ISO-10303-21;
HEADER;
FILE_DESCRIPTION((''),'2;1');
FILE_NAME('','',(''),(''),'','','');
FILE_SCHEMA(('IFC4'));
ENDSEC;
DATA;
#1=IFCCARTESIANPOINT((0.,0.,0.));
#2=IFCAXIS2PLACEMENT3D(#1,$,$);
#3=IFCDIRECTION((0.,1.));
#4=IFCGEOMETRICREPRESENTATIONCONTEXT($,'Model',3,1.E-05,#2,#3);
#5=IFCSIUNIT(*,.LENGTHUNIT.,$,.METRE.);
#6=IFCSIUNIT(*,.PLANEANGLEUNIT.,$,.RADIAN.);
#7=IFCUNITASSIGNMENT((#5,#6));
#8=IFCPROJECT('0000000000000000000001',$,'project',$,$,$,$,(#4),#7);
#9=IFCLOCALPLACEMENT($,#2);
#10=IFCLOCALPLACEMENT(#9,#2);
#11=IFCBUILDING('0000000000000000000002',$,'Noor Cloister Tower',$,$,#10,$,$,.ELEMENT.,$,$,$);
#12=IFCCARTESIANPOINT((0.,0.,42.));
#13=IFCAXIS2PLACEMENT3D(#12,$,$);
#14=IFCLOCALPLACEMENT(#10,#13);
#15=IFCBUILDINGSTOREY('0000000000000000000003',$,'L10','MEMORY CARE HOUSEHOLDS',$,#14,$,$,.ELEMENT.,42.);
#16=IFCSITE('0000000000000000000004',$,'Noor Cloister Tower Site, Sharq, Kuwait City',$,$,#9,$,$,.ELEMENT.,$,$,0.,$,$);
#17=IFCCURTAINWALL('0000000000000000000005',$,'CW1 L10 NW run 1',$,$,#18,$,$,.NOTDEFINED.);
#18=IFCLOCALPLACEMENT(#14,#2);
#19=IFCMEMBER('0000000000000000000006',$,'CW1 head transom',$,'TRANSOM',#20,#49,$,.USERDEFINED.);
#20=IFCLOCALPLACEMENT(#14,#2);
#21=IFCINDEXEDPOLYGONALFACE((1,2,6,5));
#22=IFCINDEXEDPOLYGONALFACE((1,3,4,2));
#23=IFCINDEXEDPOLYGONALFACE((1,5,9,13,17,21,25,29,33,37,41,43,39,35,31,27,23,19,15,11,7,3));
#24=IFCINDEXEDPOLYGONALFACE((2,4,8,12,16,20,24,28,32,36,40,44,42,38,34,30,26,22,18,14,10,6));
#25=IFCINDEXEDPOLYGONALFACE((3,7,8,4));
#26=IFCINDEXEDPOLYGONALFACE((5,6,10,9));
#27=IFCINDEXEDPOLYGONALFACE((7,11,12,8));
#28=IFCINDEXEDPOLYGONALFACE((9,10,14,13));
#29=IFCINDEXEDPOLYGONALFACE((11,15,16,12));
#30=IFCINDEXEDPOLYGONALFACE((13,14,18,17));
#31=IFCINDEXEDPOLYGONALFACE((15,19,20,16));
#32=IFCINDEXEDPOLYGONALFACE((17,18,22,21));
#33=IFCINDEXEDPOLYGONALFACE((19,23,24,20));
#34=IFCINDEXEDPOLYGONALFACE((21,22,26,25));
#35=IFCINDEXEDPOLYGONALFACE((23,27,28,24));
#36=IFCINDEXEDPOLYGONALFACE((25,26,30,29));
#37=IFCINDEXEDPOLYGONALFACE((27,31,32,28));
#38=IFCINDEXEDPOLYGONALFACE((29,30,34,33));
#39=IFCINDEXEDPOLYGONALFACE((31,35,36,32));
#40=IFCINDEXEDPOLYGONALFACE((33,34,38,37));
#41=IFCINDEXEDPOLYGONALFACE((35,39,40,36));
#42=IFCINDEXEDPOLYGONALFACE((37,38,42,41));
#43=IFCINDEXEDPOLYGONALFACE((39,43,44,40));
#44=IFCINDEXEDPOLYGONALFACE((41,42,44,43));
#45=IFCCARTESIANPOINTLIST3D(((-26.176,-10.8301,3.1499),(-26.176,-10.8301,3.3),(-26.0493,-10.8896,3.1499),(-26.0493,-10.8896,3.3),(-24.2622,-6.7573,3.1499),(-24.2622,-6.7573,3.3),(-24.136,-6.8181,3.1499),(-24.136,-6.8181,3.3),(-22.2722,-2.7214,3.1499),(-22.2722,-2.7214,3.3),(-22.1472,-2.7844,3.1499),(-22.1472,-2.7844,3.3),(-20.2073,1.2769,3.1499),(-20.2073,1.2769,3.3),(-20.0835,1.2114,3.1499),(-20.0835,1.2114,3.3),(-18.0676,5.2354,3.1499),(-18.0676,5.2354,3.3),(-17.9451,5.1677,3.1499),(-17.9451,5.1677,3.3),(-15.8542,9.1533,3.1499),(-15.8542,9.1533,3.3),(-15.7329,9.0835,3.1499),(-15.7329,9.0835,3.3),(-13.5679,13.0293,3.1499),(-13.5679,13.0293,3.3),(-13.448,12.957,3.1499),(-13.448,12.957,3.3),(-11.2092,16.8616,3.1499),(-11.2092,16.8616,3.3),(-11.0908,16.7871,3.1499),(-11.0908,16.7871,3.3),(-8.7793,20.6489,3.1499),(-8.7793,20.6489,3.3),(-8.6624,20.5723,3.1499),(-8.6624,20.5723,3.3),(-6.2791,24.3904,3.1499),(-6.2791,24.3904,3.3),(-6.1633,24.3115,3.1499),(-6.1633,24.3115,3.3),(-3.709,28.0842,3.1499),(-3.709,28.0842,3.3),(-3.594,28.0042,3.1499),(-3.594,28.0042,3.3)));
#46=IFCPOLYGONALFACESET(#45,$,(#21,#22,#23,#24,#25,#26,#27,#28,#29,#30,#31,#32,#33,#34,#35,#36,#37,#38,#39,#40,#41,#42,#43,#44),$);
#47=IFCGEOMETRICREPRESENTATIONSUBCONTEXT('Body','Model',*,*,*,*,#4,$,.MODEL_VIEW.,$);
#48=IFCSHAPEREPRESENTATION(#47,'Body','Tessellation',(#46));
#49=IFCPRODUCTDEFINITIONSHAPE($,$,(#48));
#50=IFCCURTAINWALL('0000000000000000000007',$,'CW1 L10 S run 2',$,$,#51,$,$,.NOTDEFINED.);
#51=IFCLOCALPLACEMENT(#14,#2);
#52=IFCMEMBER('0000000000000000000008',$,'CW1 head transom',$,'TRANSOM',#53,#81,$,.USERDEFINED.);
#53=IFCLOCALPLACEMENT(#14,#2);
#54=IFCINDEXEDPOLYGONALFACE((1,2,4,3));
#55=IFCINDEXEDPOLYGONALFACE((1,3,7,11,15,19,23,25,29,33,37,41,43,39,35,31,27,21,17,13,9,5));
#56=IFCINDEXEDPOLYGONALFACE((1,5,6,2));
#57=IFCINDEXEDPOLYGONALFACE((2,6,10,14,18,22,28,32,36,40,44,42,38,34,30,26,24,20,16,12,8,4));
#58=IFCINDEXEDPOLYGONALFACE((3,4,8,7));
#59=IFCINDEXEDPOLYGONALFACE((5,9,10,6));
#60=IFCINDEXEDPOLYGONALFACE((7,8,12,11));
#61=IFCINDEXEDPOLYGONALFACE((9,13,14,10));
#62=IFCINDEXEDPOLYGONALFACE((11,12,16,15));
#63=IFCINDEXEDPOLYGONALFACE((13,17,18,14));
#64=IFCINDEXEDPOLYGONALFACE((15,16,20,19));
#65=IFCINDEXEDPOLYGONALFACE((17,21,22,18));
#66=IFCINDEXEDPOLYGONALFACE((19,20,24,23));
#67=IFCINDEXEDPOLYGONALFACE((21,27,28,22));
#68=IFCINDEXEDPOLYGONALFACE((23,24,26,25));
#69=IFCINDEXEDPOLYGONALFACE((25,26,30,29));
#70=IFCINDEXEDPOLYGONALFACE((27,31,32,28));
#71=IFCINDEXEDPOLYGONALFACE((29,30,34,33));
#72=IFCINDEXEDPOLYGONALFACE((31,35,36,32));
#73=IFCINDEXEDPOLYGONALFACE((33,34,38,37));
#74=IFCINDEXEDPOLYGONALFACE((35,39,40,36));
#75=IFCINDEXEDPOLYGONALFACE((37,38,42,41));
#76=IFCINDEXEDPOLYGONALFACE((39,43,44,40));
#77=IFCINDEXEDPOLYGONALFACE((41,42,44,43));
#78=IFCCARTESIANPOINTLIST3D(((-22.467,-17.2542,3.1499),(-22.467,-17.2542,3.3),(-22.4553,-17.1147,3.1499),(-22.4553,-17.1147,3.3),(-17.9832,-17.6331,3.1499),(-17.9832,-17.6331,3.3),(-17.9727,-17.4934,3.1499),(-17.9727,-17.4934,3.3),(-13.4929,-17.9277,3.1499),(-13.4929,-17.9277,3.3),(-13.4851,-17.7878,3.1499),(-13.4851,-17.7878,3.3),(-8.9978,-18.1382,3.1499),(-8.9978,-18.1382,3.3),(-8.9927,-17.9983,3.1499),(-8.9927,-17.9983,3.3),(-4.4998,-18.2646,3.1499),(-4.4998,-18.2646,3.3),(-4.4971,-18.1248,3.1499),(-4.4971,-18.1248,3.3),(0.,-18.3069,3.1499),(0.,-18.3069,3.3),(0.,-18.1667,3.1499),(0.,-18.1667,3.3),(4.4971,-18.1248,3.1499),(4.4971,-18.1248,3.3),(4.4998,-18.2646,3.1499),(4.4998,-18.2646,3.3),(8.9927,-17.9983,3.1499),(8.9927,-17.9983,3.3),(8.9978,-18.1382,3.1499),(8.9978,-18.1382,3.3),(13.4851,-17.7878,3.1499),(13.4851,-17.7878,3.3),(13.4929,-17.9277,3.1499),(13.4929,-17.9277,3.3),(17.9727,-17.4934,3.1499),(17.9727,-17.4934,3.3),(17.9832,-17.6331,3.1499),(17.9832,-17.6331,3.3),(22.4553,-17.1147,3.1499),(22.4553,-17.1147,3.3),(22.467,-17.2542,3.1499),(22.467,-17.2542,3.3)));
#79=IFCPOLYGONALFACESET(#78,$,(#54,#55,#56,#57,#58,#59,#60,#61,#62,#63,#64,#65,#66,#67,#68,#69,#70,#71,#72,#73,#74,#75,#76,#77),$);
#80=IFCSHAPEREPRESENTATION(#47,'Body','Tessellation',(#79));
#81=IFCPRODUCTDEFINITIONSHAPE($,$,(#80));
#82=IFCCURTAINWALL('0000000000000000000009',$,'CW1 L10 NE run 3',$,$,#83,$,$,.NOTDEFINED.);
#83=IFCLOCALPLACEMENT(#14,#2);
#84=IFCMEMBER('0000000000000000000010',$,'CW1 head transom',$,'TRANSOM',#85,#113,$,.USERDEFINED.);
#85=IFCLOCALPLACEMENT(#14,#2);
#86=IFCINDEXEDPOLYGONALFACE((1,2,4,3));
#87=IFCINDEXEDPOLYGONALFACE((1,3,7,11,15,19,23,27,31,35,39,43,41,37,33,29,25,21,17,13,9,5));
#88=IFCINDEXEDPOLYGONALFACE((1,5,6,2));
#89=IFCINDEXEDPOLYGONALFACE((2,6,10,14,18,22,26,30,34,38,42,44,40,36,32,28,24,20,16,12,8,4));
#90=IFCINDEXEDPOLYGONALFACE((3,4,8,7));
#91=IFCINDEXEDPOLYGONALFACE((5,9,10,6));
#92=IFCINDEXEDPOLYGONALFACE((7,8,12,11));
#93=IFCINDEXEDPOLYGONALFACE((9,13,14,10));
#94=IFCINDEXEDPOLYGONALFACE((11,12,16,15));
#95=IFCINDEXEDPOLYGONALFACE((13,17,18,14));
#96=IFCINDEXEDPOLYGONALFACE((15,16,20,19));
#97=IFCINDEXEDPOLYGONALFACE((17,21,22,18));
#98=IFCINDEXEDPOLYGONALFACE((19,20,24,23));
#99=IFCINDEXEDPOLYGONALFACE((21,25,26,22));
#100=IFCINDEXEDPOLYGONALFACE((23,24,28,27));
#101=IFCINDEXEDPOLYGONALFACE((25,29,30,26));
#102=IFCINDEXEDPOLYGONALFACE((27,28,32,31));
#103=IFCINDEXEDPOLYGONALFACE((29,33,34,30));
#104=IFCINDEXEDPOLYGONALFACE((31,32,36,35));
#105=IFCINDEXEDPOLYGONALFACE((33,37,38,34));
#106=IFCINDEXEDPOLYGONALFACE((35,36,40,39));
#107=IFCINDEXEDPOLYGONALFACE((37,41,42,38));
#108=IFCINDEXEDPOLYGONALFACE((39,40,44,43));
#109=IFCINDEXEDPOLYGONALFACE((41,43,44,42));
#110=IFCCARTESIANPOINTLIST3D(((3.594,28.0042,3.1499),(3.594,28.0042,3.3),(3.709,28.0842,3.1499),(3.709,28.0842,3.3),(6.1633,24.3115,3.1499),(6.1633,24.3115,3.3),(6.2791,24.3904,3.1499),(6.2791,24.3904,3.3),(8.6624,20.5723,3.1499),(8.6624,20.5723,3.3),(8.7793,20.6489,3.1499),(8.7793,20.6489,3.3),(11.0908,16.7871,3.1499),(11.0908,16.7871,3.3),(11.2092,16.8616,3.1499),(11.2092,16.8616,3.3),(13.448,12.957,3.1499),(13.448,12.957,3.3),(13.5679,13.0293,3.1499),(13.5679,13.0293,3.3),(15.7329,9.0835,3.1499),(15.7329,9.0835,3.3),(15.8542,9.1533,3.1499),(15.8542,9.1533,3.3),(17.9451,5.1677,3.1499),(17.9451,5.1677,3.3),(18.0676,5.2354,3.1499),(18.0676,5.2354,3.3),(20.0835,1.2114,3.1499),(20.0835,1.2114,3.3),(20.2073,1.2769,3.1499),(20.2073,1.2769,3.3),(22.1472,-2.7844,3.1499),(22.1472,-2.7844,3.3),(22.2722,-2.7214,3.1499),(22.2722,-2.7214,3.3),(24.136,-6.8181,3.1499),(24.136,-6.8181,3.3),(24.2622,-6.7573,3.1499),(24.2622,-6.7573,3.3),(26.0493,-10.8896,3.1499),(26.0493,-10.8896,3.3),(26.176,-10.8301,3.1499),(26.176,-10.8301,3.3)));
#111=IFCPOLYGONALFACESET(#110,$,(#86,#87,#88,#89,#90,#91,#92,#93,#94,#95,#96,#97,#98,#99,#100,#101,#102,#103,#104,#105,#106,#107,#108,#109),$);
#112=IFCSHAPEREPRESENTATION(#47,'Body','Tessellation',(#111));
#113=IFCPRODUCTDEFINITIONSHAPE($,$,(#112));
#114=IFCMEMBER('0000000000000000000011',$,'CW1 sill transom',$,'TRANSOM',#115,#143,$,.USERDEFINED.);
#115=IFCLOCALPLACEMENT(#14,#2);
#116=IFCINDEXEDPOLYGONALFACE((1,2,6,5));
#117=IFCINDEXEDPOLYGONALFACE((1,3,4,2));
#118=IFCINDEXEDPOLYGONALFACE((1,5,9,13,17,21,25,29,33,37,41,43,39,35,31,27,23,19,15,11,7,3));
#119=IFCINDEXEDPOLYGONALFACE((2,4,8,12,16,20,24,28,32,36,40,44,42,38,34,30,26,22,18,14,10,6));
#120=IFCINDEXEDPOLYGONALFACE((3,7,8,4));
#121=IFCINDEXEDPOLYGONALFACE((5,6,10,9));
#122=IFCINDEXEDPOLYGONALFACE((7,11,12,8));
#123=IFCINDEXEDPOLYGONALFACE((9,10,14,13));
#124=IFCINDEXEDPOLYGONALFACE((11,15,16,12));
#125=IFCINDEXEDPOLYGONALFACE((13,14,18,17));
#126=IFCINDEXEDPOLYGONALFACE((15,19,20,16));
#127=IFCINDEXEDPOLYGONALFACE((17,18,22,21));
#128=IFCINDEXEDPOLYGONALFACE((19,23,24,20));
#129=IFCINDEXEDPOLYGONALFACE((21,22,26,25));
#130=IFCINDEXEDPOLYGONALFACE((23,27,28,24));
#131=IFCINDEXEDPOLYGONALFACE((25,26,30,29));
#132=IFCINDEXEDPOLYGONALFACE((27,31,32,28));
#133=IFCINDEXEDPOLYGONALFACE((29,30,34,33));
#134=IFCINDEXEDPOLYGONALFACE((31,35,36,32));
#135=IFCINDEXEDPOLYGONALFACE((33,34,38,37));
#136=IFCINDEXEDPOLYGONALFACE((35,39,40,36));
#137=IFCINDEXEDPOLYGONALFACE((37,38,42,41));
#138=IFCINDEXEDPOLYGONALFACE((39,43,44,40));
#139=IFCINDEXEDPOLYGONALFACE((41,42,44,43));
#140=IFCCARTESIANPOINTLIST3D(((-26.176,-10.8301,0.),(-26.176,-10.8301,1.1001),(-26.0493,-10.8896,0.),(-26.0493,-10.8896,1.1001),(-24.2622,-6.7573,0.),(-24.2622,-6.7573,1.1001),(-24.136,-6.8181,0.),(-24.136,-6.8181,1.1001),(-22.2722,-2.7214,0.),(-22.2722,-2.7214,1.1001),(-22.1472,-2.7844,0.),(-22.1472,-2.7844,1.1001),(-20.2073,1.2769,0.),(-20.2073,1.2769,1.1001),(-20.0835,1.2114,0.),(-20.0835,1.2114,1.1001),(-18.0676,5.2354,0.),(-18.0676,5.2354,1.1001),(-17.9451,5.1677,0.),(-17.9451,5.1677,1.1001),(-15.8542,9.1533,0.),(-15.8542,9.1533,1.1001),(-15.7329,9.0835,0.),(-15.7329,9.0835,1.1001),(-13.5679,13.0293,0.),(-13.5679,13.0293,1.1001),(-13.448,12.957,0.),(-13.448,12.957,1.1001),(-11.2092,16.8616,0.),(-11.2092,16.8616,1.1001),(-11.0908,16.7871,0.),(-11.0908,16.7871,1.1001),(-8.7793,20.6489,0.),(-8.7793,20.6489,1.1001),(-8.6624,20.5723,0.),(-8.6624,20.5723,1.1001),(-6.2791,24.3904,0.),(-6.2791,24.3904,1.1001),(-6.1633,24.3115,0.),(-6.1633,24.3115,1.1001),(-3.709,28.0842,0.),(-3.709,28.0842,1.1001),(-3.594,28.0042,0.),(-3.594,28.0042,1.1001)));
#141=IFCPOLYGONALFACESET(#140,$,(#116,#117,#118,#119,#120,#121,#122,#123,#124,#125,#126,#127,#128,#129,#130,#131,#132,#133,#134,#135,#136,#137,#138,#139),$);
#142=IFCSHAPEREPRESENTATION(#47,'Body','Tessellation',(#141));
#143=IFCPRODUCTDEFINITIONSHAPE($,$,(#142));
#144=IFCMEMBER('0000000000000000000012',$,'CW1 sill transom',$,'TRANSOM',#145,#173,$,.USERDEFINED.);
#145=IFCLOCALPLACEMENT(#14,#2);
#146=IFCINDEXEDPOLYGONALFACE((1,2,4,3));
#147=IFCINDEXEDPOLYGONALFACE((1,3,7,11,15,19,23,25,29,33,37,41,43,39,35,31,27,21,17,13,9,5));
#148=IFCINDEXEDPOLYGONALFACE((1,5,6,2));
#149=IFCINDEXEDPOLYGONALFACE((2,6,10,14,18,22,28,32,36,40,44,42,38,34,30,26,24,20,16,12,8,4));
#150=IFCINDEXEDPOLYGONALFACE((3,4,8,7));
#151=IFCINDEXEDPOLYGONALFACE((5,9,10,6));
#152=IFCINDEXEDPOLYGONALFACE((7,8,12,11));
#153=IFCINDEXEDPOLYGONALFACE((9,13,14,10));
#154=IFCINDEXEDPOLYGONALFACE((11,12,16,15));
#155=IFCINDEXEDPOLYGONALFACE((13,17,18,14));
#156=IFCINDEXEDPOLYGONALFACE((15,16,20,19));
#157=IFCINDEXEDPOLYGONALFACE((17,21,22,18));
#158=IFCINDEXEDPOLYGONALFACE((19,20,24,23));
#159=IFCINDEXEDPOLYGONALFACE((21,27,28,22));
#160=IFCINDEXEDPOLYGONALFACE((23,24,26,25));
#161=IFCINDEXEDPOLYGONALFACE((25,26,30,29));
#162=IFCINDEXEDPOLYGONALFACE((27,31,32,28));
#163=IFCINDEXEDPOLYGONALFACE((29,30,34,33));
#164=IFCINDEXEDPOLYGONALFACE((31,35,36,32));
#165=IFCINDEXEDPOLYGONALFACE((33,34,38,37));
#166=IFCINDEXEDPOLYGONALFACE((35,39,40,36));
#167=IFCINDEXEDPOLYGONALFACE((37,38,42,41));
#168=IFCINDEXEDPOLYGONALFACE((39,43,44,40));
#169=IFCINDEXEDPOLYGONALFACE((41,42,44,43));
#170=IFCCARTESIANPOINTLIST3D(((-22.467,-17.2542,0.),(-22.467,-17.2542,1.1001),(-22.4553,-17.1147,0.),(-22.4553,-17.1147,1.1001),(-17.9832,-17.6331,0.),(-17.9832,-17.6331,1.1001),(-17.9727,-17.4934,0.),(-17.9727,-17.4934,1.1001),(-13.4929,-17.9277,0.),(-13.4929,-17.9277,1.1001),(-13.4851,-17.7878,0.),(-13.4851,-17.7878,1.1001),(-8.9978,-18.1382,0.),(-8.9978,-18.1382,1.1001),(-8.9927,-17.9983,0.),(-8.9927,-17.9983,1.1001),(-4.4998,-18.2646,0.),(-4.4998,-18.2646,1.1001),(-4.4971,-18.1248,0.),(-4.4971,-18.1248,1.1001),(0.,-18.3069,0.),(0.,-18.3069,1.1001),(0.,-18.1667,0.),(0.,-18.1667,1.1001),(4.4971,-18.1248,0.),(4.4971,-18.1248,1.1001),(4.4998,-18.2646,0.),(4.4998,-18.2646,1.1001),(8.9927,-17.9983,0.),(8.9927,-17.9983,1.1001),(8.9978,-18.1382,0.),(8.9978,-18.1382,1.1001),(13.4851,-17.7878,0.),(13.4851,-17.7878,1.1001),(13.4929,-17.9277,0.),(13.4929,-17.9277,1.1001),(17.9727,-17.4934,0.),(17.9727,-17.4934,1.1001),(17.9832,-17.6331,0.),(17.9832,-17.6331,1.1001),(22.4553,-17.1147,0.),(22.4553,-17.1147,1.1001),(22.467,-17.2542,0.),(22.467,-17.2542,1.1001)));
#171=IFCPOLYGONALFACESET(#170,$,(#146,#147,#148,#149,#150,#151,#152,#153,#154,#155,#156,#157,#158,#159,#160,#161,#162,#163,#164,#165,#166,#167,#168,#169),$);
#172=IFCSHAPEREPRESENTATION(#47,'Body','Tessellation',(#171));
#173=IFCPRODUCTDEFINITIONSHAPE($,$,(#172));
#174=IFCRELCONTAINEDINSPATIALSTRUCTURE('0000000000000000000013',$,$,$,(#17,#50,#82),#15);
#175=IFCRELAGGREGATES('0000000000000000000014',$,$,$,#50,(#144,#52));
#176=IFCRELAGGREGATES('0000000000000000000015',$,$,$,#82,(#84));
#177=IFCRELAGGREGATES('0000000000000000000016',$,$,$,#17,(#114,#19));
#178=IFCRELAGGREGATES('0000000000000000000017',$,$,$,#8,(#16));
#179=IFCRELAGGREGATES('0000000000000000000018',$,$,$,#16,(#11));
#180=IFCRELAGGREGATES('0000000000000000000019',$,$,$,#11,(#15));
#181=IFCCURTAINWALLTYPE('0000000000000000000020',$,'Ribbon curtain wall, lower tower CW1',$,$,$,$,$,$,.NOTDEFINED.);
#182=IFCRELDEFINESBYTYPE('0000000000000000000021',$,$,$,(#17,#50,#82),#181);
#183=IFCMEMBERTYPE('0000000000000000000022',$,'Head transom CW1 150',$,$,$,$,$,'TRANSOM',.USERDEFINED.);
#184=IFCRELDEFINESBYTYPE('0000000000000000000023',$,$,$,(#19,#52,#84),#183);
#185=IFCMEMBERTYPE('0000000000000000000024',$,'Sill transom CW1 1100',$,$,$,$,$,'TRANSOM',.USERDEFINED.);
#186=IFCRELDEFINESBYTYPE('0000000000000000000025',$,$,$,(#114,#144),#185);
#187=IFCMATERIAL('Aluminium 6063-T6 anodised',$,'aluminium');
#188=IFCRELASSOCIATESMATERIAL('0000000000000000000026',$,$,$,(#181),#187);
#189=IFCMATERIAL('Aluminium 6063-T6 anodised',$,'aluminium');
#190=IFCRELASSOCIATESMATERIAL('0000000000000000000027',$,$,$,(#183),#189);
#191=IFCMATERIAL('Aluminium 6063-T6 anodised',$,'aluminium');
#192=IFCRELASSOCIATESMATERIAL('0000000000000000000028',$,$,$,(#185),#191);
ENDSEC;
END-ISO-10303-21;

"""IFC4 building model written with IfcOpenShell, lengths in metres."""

from ifc_helpers import new_model, si_unit, direction, frame, origin, place, context, subcontext, project, spatial, polyline, outline, extrude, material, type_object, element, aggregate, save


model = new_model("IFC4")

# Units and contexts
model_context = context("Model", 3, precision=1e-05, world=origin(), true_north=direction((0.0, 1.0)))
body_context = subcontext(model_context, "Body", "Model", "MODEL_VIEW")
ifc_project = project(units=[si_unit("LENGTHUNIT", "METRE"), si_unit("PLANEANGLEUNIT", "RADIAN")], contexts=[model_context])

# Site, building, storey
site_placement = place(None, origin())
site = spatial("IfcSite", under=ifc_project, at=site_placement, Name="Noor Cloister Tower Site, Sharq, Kuwait City", CompositionType="ELEMENT", RefElevation=0.0)
building_placement = place(site_placement, origin())
building = spatial("IfcBuilding", under=site, at=building_placement, Name="Noor Cloister Tower", CompositionType="ELEMENT")
storey_placement = place(building_placement, frame((0.0, 0.0, 42.0)))
storey = spatial("IfcBuildingStorey", under=building, at=storey_placement, Name="L10", Description="MEMORY CARE HOUSEHOLDS", CompositionType="ELEMENT", Elevation=42.0)

# Curtain walls, members
ifc_material_1 = material(Name="Aluminium 6063-T6 anodised", Category="aluminium")
curtain_wall_type = type_object("IfcCurtainWallType", Name="Ribbon curtain wall, lower tower CW1", PredefinedType="NOTDEFINED", material=ifc_material_1)
curtain_wall_1_placement = place(storey_placement, origin())
curtain_wall_1 = element("IfcCurtainWall", 1, at=curtain_wall_1_placement, inside=storey, type_object=curtain_wall_type, Name="CW1 L10 NW run 1", PredefinedType="NOTDEFINED")
ifc_material_2 = material(Name="Aluminium 6063-T6 anodised", Category="aluminium")
member_type_1 = type_object("IfcMemberType", Name="Head transom CW1 150", ElementType="TRANSOM", PredefinedType="USERDEFINED", material=ifc_material_2)
member_1_placement = place(storey_placement, frame((0.0, 0.0, 3.1499)))
member_1 = element("IfcMember", 2, at=member_1_placement, type_object=member_type_1, Name="CW1 head transom", ObjectType="TRANSOM", PredefinedType="USERDEFINED", context=body_context, shape_type="SweptSolid", body=[
    extrude(outline(polyline([(-3.709, 28.0842), (-6.2791, 24.3904), (-8.7793, 20.6489), (-11.2092, 16.8616), (-13.5679, 13.0293), (-15.8542, 9.1533), (-18.0676, 5.2354), (-20.2073, 1.2769), (-22.2722, -2.7214), (-24.2622, -6.7573), (-26.176, -10.8301), (-26.0493, -10.8896), (-24.136, -6.8181), (-22.1472, -2.7844), (-20.0835, 1.2114), (-17.9451, 5.1677), (-15.7329, 9.0835), (-13.448, 12.957), (-11.0908, 16.7871), (-8.6624, 20.5723), (-6.1633, 24.3115), (-3.594, 28.0042), (-3.709, 28.0842)])), origin(), (0.0, 0.0, 1.0), 0.1501),
])
curtain_wall_2_placement = place(storey_placement, origin())
curtain_wall_2 = element("IfcCurtainWall", 3, at=curtain_wall_2_placement, inside=storey, type_object=curtain_wall_type, Name="CW1 L10 S run 2", PredefinedType="NOTDEFINED")
member_2_placement = place(storey_placement, frame((0.0, 0.0, 3.1499)))
member_2 = element("IfcMember", 4, at=member_2_placement, type_object=member_type_1, Name="CW1 head transom", ObjectType="TRANSOM", PredefinedType="USERDEFINED", context=body_context, shape_type="SweptSolid", body=[
    extrude(outline(polyline([(-22.467, -17.2542), (-17.9832, -17.6331), (-13.4929, -17.9277), (-8.9978, -18.1382), (-4.4998, -18.2646), (0.0, -18.3069), (4.4998, -18.2646), (8.9978, -18.1382), (13.4929, -17.9277), (17.9832, -17.6331), (22.467, -17.2542), (22.4553, -17.1147), (17.9727, -17.4934), (13.4851, -17.7878), (8.9927, -17.9983), (4.4971, -18.1248), (0.0, -18.1667), (-4.4971, -18.1248), (-8.9927, -17.9983), (-13.4851, -17.7878), (-17.9727, -17.4934), (-22.4553, -17.1147), (-22.467, -17.2542)])), origin(), (0.0, 0.0, 1.0), 0.1501),
])
curtain_wall_3_placement = place(storey_placement, origin())
curtain_wall_3 = element("IfcCurtainWall", 5, at=curtain_wall_3_placement, inside=storey, type_object=curtain_wall_type, Name="CW1 L10 NE run 3", PredefinedType="NOTDEFINED")
member_3_placement = place(storey_placement, frame((0.0, 0.0, 3.1499)))
member_3 = element("IfcMember", 6, at=member_3_placement, type_object=member_type_1, Name="CW1 head transom", ObjectType="TRANSOM", PredefinedType="USERDEFINED", context=body_context, shape_type="SweptSolid", body=[
    extrude(outline(polyline([(26.176, -10.8301), (24.2622, -6.7573), (22.2722, -2.7214), (20.2073, 1.2769), (18.0676, 5.2354), (15.8542, 9.1533), (13.5679, 13.0293), (11.2092, 16.8616), (8.7793, 20.6489), (6.2791, 24.3904), (3.709, 28.0842), (3.594, 28.0042), (6.1633, 24.3115), (8.6624, 20.5723), (11.0908, 16.7871), (13.448, 12.957), (15.7329, 9.0835), (17.9451, 5.1677), (20.0835, 1.2114), (22.1472, -2.7844), (24.136, -6.8181), (26.0493, -10.8896), (26.176, -10.8301)])), origin(), (0.0, 0.0, 1.0), 0.1501),
])

# Members
ifc_material_3 = material(Name="Aluminium 6063-T6 anodised", Category="aluminium")
member_type_2 = type_object("IfcMemberType", Name="Sill transom CW1 1100", ElementType="TRANSOM", PredefinedType="USERDEFINED", material=ifc_material_3)
member_4_placement = place(storey_placement, origin())
member_4 = element("IfcMember", 7, at=member_4_placement, type_object=member_type_2, Name="CW1 sill transom", ObjectType="TRANSOM", PredefinedType="USERDEFINED", context=body_context, shape_type="SweptSolid", body=[
    extrude(outline(polyline([(-3.709, 28.0842), (-6.2791, 24.3904), (-8.7793, 20.6489), (-11.2092, 16.8616), (-13.5679, 13.0293), (-15.8542, 9.1533), (-18.0676, 5.2354), (-20.2073, 1.2769), (-22.2722, -2.7214), (-24.2622, -6.7573), (-26.176, -10.8301), (-26.0493, -10.8896), (-24.136, -6.8181), (-22.1472, -2.7844), (-20.0835, 1.2114), (-17.9451, 5.1677), (-15.7329, 9.0835), (-13.448, 12.957), (-11.0908, 16.7871), (-8.6624, 20.5723), (-6.1633, 24.3115), (-3.594, 28.0042), (-3.709, 28.0842)])), origin(), (0.0, 0.0, 1.0), 1.1001),
])
member_5_placement = place(storey_placement, origin())
member_5 = element("IfcMember", 8, at=member_5_placement, type_object=member_type_2, Name="CW1 sill transom", ObjectType="TRANSOM", PredefinedType="USERDEFINED", context=body_context, shape_type="SweptSolid", body=[
    extrude(outline(polyline([(-22.467, -17.2542), (-17.9832, -17.6331), (-13.4929, -17.9277), (-8.9978, -18.1382), (-4.4998, -18.2646), (0.0, -18.3069), (4.4998, -18.2646), (8.9978, -18.1382), (13.4929, -17.9277), (17.9832, -17.6331), (22.467, -17.2542), (22.4553, -17.1147), (17.9727, -17.4934), (13.4851, -17.7878), (8.9927, -17.9983), (4.4971, -18.1248), (0.0, -18.1667), (-4.4971, -18.1248), (-8.9927, -17.9983), (-13.4851, -17.7878), (-17.9727, -17.4934), (-22.4553, -17.1147), (-22.467, -17.2542)])), origin(), (0.0, 0.0, 1.0), 1.1001),
])
aggregate(curtain_wall_2, [member_5, member_2])
aggregate(curtain_wall_3, [member_3])

aggregate(curtain_wall_1, [member_4, member_1])

save(model, "model.ifc")
